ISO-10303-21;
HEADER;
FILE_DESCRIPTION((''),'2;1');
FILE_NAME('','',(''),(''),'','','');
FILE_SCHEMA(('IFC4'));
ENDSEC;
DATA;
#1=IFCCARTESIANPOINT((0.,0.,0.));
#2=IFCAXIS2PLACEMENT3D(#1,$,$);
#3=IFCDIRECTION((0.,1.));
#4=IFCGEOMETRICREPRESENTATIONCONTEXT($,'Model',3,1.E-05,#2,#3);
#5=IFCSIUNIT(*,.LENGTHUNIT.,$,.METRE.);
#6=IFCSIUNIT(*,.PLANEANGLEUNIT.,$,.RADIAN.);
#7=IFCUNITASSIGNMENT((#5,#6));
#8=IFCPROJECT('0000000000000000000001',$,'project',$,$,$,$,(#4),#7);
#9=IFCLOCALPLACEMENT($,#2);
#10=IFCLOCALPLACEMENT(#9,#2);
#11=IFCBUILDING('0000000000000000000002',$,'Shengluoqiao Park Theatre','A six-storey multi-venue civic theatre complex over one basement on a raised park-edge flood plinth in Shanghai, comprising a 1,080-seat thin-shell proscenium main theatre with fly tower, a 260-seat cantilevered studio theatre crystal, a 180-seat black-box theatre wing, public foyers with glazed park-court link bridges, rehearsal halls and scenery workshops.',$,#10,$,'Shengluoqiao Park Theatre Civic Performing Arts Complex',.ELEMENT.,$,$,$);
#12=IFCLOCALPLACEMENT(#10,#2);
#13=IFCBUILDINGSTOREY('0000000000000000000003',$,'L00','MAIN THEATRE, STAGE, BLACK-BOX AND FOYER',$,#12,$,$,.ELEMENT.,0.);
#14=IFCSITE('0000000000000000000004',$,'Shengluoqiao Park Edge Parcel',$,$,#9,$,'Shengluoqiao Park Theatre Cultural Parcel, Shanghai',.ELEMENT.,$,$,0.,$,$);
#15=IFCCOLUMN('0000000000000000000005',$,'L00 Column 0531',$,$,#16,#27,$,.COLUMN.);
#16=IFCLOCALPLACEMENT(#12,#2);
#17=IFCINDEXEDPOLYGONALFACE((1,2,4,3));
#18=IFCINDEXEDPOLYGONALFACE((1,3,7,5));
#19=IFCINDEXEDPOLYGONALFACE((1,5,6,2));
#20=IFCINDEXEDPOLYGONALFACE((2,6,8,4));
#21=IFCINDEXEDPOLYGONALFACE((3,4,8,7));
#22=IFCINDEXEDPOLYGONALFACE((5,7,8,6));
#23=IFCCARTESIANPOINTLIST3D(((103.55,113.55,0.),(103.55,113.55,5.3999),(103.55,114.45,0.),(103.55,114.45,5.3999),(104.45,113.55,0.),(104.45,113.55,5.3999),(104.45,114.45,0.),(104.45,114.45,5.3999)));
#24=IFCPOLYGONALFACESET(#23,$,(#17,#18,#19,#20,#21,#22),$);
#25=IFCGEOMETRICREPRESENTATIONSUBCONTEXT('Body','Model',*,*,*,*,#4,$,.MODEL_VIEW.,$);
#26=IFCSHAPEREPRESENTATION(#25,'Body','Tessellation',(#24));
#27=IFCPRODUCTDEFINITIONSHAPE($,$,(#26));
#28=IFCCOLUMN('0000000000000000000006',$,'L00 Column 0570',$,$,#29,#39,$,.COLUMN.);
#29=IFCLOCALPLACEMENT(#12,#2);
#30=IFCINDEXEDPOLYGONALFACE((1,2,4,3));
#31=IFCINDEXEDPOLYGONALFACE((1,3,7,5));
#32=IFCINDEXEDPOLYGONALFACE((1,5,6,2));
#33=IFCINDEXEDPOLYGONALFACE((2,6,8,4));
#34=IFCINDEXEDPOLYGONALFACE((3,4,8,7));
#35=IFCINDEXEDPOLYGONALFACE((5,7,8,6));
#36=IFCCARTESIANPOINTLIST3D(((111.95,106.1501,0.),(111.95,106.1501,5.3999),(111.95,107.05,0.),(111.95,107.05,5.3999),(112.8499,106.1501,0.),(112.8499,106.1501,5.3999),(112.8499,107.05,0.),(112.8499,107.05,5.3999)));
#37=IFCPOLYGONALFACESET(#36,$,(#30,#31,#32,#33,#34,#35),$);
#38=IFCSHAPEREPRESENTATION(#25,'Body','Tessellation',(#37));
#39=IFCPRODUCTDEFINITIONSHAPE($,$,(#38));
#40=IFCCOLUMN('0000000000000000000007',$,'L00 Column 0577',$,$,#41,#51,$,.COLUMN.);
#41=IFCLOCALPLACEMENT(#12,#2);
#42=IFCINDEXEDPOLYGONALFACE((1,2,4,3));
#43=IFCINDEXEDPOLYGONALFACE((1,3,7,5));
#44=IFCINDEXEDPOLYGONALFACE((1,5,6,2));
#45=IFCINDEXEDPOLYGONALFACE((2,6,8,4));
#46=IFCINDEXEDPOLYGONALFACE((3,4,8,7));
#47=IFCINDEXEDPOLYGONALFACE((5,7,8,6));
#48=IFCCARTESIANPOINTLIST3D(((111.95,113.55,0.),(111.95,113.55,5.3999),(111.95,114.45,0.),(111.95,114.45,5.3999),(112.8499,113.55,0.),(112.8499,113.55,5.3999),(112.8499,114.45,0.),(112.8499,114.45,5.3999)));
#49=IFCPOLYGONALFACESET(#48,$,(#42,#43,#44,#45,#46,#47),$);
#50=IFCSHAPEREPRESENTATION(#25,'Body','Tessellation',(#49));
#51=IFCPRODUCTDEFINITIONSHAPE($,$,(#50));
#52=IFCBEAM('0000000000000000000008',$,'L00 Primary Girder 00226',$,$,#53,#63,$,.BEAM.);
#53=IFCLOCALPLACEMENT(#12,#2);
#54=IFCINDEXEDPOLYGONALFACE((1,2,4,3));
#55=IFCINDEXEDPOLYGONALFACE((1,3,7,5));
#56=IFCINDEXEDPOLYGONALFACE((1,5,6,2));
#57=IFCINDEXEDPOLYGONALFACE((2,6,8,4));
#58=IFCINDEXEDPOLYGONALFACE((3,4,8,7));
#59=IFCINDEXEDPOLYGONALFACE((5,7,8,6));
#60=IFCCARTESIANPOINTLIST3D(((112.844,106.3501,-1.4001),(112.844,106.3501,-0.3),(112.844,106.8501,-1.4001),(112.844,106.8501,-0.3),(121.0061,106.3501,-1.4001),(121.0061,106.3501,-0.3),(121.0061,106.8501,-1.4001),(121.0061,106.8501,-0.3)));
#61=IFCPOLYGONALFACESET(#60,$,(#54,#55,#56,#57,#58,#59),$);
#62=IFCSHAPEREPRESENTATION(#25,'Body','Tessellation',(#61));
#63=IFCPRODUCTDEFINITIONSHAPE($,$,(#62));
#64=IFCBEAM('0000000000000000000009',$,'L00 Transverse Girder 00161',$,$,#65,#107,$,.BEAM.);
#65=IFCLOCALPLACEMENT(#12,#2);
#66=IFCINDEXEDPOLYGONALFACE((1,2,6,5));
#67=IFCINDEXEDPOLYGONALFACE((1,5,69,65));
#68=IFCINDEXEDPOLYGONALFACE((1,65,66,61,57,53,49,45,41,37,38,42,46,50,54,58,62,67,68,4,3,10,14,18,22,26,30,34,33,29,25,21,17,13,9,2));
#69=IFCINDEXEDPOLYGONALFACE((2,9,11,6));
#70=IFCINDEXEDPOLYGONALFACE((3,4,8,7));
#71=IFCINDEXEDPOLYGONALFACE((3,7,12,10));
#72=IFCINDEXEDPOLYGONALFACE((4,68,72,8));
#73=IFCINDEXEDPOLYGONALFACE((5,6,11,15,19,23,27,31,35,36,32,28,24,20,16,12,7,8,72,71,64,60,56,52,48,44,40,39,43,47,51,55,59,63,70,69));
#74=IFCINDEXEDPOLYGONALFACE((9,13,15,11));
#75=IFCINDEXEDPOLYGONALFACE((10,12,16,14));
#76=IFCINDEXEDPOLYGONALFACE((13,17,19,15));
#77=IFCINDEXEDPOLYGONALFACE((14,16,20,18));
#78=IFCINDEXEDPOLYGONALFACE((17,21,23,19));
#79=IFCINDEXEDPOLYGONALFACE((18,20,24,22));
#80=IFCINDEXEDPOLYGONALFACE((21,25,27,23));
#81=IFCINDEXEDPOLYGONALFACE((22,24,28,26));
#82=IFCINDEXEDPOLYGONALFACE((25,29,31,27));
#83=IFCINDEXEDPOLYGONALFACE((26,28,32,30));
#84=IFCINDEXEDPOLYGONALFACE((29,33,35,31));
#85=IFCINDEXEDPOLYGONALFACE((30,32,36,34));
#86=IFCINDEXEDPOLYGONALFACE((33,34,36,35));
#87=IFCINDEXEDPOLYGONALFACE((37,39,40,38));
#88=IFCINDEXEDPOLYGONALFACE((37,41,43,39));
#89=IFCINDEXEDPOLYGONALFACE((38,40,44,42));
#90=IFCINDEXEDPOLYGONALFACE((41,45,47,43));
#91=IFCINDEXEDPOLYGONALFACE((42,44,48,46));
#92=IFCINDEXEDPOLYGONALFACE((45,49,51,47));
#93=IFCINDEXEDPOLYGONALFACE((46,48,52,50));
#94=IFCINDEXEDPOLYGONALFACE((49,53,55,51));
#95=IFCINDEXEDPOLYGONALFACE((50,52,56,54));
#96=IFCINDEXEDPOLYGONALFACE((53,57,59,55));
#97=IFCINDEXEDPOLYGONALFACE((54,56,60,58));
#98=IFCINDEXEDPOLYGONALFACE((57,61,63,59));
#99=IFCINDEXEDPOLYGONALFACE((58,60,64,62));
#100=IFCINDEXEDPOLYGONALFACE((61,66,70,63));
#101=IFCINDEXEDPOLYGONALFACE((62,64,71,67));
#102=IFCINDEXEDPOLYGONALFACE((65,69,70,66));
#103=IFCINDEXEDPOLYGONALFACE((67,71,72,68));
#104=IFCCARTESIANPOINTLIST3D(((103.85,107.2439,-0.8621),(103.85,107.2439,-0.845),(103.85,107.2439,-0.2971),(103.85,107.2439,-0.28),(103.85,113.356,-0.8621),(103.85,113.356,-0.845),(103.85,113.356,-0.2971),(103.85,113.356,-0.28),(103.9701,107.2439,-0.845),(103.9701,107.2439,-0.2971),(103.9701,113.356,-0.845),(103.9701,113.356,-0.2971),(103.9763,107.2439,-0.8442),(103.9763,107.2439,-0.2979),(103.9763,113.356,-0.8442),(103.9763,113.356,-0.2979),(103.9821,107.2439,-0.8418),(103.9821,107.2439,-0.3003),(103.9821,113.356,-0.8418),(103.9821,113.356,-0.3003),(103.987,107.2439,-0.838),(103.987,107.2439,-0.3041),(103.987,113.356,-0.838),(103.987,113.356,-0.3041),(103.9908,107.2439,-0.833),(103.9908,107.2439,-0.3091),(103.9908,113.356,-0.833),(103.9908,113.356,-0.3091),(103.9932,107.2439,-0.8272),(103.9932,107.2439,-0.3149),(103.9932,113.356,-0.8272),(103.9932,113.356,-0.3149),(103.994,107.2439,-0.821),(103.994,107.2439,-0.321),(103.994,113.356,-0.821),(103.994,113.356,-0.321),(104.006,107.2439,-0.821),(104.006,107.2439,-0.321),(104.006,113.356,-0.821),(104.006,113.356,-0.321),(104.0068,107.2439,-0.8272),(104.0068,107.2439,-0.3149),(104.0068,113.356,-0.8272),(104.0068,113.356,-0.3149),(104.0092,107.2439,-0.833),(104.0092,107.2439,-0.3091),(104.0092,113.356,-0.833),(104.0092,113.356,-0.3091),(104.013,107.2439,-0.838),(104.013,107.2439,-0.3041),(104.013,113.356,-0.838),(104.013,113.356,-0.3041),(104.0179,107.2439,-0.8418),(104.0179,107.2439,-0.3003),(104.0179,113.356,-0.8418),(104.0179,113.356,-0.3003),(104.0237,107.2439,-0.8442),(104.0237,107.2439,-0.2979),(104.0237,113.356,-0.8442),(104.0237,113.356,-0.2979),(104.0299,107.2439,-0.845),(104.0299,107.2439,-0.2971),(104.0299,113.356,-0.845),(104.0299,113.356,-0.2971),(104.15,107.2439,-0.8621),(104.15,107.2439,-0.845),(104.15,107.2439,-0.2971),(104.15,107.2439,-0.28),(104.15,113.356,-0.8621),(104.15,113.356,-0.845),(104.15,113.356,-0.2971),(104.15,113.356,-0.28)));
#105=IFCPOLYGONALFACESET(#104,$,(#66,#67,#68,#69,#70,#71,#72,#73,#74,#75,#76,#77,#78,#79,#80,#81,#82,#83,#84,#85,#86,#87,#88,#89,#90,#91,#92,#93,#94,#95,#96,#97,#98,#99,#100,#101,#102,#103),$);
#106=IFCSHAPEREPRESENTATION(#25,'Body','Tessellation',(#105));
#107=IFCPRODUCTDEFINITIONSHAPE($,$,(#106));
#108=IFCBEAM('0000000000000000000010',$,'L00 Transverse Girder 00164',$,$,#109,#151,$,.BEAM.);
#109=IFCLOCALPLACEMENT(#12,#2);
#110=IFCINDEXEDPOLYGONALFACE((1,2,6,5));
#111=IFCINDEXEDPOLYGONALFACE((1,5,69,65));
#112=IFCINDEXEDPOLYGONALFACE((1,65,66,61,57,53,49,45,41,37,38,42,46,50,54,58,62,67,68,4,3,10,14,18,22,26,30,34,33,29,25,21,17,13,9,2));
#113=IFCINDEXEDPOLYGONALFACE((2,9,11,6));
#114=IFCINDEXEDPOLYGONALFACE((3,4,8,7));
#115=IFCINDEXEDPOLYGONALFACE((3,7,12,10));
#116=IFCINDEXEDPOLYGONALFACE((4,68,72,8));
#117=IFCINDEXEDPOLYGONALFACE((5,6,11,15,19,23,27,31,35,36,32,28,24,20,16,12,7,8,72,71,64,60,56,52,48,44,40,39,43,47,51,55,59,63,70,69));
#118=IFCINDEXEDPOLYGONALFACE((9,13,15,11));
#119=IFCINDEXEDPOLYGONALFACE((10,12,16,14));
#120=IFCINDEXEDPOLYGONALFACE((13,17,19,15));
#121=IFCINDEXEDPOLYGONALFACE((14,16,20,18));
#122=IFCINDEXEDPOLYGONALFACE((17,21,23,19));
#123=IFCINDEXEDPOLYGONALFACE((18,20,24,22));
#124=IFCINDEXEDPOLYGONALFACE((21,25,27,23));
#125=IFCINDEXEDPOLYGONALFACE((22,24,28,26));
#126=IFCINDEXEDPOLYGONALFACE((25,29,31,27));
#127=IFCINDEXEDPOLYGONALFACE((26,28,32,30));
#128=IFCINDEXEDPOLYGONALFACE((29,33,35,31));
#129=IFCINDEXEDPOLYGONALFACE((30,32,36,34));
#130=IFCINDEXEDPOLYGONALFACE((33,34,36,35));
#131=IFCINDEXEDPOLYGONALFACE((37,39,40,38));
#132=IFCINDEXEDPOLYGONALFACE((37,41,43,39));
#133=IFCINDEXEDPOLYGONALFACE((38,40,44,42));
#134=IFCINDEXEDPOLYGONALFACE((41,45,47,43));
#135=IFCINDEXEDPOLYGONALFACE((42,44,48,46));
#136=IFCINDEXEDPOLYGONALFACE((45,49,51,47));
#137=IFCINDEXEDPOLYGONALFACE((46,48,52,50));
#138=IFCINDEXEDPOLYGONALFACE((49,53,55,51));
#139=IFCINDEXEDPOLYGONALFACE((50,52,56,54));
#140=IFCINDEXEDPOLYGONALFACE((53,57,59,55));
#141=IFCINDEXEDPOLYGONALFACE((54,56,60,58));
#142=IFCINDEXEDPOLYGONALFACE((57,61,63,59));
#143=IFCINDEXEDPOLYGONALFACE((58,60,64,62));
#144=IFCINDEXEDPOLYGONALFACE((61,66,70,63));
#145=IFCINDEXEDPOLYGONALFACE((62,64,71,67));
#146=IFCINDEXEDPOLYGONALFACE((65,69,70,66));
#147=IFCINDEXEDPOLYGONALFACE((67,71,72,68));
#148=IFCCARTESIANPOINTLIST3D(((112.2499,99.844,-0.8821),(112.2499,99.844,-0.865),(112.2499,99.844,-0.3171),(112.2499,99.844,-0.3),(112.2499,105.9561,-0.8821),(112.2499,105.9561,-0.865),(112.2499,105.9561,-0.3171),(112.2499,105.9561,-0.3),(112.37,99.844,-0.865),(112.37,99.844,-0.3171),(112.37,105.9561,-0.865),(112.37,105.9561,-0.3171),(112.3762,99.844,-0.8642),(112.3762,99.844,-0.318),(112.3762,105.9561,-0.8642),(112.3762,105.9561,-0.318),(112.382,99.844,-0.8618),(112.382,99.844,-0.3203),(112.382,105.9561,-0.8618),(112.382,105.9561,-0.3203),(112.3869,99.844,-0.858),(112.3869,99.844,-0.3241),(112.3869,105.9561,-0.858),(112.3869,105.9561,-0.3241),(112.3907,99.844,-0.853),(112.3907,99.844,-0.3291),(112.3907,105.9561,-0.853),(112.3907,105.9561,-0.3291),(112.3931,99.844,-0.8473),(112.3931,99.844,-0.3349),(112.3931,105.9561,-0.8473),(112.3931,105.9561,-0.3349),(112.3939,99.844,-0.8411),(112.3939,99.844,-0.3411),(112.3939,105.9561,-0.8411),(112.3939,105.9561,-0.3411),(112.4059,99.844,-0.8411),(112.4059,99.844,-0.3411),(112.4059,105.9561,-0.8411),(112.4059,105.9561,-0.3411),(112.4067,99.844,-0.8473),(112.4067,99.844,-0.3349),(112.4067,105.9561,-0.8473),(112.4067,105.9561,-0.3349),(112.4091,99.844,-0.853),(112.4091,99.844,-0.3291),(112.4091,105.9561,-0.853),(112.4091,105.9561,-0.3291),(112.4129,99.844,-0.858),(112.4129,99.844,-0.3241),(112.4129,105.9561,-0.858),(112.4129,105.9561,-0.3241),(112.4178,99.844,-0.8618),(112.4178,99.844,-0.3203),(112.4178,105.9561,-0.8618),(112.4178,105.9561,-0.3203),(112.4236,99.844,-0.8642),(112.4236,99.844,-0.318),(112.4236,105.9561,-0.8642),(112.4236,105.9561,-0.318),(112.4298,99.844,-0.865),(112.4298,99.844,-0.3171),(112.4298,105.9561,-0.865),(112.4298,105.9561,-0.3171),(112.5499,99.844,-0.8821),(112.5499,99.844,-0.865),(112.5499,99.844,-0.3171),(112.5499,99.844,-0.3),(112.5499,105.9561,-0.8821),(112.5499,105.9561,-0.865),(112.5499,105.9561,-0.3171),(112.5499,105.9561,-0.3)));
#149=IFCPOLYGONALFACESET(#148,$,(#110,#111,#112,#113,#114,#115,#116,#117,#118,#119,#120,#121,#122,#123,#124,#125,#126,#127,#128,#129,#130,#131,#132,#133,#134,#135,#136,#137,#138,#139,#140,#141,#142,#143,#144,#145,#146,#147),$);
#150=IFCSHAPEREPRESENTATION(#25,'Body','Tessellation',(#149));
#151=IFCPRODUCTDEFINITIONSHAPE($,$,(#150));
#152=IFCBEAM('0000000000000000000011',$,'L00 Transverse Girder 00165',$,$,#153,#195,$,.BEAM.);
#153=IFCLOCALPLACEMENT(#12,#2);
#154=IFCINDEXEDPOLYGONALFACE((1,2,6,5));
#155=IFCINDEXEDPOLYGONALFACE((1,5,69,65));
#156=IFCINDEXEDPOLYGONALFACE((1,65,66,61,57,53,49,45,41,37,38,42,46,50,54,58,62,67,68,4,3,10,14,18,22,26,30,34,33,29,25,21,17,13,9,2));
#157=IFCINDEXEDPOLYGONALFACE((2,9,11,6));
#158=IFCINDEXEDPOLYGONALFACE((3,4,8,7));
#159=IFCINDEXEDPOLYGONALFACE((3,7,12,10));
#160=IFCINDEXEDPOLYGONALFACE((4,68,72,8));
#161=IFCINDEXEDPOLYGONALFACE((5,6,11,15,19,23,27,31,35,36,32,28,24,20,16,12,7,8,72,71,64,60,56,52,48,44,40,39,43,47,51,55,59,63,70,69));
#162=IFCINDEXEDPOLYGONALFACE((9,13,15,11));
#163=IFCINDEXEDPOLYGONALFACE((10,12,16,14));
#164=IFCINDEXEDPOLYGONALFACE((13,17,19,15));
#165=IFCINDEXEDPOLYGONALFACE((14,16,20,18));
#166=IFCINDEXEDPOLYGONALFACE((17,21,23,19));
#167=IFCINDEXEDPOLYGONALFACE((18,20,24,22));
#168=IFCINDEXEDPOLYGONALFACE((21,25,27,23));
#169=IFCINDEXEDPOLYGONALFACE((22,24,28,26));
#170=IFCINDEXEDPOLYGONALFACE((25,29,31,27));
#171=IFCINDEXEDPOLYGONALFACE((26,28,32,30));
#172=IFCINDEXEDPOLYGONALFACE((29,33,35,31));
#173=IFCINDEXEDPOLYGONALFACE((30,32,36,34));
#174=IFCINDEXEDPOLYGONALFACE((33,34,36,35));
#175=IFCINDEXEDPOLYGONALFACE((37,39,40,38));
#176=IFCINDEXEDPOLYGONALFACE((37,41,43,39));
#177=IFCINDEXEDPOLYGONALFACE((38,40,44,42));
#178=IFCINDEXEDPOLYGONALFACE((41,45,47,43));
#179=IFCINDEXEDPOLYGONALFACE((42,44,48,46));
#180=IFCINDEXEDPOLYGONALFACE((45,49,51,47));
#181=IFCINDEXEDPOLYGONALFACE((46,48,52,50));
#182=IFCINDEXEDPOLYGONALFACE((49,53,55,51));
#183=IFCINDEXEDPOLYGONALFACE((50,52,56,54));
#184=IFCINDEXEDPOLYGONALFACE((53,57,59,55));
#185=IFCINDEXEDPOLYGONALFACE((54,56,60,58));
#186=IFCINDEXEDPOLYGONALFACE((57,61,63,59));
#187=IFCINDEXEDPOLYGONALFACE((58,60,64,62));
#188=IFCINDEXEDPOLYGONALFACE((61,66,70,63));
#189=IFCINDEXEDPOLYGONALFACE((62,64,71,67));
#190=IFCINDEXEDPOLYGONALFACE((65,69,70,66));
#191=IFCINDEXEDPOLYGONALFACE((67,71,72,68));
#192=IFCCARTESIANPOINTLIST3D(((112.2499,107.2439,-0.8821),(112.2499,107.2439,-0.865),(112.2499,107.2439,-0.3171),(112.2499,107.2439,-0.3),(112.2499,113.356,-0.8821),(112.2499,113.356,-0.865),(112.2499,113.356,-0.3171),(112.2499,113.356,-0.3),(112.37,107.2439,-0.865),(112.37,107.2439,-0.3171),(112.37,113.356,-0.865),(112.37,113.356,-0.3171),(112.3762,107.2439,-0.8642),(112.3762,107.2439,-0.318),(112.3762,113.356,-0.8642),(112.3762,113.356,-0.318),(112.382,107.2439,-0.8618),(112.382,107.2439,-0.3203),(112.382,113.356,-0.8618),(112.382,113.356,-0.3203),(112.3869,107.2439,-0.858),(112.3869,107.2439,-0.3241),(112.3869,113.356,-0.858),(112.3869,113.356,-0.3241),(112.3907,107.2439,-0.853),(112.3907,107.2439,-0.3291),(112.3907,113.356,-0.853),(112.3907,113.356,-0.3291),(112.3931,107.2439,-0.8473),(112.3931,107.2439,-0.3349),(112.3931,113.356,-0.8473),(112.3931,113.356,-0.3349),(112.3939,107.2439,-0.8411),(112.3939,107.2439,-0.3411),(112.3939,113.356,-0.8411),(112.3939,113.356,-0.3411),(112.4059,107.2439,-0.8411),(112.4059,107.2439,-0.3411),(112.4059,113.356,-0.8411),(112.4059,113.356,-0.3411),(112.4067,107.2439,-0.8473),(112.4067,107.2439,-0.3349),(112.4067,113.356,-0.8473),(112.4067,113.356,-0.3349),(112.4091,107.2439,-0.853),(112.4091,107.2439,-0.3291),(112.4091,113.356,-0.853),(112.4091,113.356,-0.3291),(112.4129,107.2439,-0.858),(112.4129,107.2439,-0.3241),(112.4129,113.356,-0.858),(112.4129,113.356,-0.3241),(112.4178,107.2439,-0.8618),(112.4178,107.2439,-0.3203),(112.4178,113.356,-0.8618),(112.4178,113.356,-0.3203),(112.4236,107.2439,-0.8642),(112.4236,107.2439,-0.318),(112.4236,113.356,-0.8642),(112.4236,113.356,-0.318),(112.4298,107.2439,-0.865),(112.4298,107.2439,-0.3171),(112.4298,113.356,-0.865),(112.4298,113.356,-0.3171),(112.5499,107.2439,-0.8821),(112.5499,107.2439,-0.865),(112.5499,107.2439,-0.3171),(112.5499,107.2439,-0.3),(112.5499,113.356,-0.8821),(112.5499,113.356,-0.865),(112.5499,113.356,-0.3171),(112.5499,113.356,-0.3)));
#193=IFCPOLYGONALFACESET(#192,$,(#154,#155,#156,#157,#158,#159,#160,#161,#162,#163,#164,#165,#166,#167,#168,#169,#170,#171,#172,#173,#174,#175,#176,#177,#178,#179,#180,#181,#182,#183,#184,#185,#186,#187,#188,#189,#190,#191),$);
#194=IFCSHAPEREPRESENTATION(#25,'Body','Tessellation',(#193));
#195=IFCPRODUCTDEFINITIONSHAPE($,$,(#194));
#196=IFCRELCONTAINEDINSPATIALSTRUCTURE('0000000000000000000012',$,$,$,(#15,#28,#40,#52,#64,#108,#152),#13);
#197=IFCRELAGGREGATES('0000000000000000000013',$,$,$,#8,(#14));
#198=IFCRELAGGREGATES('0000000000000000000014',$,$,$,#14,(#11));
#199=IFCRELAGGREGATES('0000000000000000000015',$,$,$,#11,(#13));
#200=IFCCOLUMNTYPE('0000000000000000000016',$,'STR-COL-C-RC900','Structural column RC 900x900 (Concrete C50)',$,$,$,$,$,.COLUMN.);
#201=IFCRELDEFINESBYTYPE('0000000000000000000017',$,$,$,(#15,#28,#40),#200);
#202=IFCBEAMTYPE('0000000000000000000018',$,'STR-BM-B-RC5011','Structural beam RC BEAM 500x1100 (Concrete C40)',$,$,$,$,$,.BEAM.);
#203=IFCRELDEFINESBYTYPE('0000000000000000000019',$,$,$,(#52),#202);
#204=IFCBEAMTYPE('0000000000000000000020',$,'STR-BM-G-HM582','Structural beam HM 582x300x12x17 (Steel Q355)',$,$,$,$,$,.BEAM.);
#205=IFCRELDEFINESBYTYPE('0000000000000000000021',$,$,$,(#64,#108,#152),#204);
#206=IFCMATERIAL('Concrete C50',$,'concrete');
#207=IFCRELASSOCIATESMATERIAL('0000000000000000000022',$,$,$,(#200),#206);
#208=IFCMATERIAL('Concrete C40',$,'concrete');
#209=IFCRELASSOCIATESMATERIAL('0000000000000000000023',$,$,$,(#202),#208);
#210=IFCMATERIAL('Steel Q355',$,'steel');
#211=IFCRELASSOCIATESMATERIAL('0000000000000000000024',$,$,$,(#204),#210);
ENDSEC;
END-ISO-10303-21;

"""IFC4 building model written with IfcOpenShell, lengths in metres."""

from ifc_helpers import new_model, si_unit, direction, frame, origin, origin_2d, place, context, subcontext, project, spatial, rectangle, i_section, extrude, material, material_profile, profile_set, type_object, element, save


model = new_model("IFC4")

# Units and contexts
model_context = context("Model", 3, precision=1e-05, world=origin(), true_north=direction((0.0, 1.0)))
body_context = subcontext(model_context, "Body", "Model", "MODEL_VIEW")
ifc_project = project(units=[si_unit("LENGTHUNIT", "METRE"), si_unit("PLANEANGLEUNIT", "RADIAN")], contexts=[model_context])

# Site, building, storey
site_placement = place(None, origin())
site = spatial("IfcSite", under=ifc_project, at=site_placement, Name="Shengluoqiao Park Edge Parcel", LongName="Shengluoqiao Park Theatre Cultural Parcel, Shanghai", CompositionType="ELEMENT", RefElevation=0.0)
building_placement = place(site_placement, origin())
building = spatial("IfcBuilding", under=site, at=building_placement, Name="Shengluoqiao Park Theatre", Description="A six-storey multi-venue civic theatre complex over one basement on a raised park-edge flood plinth in Shanghai, comprising a 1,080-seat thin-shell proscenium main theatre with fly tower, a 260-seat cantilevered studio theatre crystal, a 180-seat black-box theatre wing, public foyers with glazed park-court link bridges, rehearsal halls and scenery workshops.", LongName="Shengluoqiao Park Theatre Civic Performing Arts Complex", CompositionType="ELEMENT")
storey_placement = place(building_placement, origin())
storey = spatial("IfcBuildingStorey", under=building, at=storey_placement, Name="L00", Description="MAIN THEATRE, STAGE, BLACK-BOX AND FOYER", CompositionType="ELEMENT", Elevation=0.0)

# Columns
ifc_material_1 = material(Name="Concrete C50", Category="concrete")
ifc_material_profile_1 = material_profile(ifc_material_1, rectangle(XDim=0.8999, YDim=0.8999, at=origin_2d()), Name="RC 900x900")
ifc_profile_set_1 = profile_set([ifc_material_profile_1], Name="Concrete C50")
column_type = type_object("IfcColumnType", Name="STR-COL-C-RC900", Description="Structural column RC 900x900 (Concrete C50)", PredefinedType="COLUMN", material=ifc_profile_set_1)
for number, where, z_axis, x_axis, name in (
    (1, (104.0, 114.0, 0.0), (0.0, 0.0, 1.0), (1.0, 0.0, 0.0), "L00 Column 0531"),
    (2, (112.3999, 106.6001, 0.0), (0.0, 0.0, 1.0), (1.0, 0.0, 0.0), "L00 Column 0570"),
    (3, (112.3999, 114.0, 0.0), (0.0, 0.0, 1.0), (1.0, 0.0, 0.0), "L00 Column 0577"),
):
    element("IfcColumn", number, at=place(storey_placement, frame(where, z_axis=z_axis, x_axis=x_axis)), inside=storey, type_object=column_type, Name=name, PredefinedType="COLUMN", context=body_context, shape_type="SweptSolid", body=[
        extrude(rectangle(XDim=0.8999, YDim=0.8999, at=origin_2d()), origin(), (0.0, 0.0, 1.0), 5.3999),
    ])

# Beams
ifc_material_2 = material(Name="Concrete C40", Category="concrete")
ifc_material_profile_2 = material_profile(ifc_material_2, rectangle(XDim=0.5, YDim=1.1001, at=origin_2d()), Name="RC BEAM 500x1100")
ifc_profile_set_2 = profile_set([ifc_material_profile_2], Name="Concrete C40")
beam_type_1 = type_object("IfcBeamType", Name="STR-BM-B-RC5011", Description="Structural beam RC BEAM 500x1100 (Concrete C40)", PredefinedType="BEAM", material=ifc_profile_set_2)
beam_1_placement = place(storey_placement, frame((112.844, 106.6001, -0.8501), z_axis=(1.0, 0.0, 0.0), x_axis=(0.0, 1.0, 0.0)))
element("IfcBeam", 4, at=beam_1_placement, inside=storey, type_object=beam_type_1, Name="L00 Primary Girder 00226", PredefinedType="BEAM", context=body_context, shape_type="SweptSolid", body=[
    extrude(rectangle(XDim=0.5, YDim=1.1001, at=origin_2d()), origin(), (0.0, 0.0, 1.0), 8.1621),
])
ifc_material_3 = material(Name="Steel Q355", Category="steel")
ifc_material_profile_3 = material_profile(ifc_material_3, i_section(OverallWidth=0.3, OverallDepth=0.582, WebThickness=0.012, FlangeThickness=0.0171, FilletRadius=0.0239, at=origin_2d()), Name="HM 582x300x12x17")
ifc_profile_set_3 = profile_set([ifc_material_profile_3], Name="Steel Q355")
beam_type_2 = type_object("IfcBeamType", Name="STR-BM-G-HM582", Description="Structural beam HM 582x300x12x17 (Steel Q355)", PredefinedType="BEAM", material=ifc_profile_set_3)
for number, where, z_axis, x_axis, name in (
    (5, (104.0, 107.2439, -0.571), (0.0, 1.0, 0.0), (-1.0, 0.0, 0.0), "L00 Transverse Girder 00161"),
    (6, (112.3999, 99.844, -0.5911), (0.0, 1.0, 0.0), (-1.0, 0.0, 0.0), "L00 Transverse Girder 00164"),
    (7, (112.3999, 107.2439, -0.5911), (0.0, 1.0, 0.0), (-1.0, 0.0, 0.0), "L00 Transverse Girder 00165"),
):
    element("IfcBeam", number, at=place(storey_placement, frame(where, z_axis=z_axis, x_axis=x_axis)), inside=storey, type_object=beam_type_2, Name=name, PredefinedType="BEAM", context=body_context, shape_type="SweptSolid", body=[
        extrude(i_section(OverallWidth=0.3, OverallDepth=0.582, WebThickness=0.012, FlangeThickness=0.0171, FilletRadius=0.0239, at=origin_2d()), origin(), (0.0, 0.0, 1.0), 6.1121),
    ])

save(model, "model.ifc")
